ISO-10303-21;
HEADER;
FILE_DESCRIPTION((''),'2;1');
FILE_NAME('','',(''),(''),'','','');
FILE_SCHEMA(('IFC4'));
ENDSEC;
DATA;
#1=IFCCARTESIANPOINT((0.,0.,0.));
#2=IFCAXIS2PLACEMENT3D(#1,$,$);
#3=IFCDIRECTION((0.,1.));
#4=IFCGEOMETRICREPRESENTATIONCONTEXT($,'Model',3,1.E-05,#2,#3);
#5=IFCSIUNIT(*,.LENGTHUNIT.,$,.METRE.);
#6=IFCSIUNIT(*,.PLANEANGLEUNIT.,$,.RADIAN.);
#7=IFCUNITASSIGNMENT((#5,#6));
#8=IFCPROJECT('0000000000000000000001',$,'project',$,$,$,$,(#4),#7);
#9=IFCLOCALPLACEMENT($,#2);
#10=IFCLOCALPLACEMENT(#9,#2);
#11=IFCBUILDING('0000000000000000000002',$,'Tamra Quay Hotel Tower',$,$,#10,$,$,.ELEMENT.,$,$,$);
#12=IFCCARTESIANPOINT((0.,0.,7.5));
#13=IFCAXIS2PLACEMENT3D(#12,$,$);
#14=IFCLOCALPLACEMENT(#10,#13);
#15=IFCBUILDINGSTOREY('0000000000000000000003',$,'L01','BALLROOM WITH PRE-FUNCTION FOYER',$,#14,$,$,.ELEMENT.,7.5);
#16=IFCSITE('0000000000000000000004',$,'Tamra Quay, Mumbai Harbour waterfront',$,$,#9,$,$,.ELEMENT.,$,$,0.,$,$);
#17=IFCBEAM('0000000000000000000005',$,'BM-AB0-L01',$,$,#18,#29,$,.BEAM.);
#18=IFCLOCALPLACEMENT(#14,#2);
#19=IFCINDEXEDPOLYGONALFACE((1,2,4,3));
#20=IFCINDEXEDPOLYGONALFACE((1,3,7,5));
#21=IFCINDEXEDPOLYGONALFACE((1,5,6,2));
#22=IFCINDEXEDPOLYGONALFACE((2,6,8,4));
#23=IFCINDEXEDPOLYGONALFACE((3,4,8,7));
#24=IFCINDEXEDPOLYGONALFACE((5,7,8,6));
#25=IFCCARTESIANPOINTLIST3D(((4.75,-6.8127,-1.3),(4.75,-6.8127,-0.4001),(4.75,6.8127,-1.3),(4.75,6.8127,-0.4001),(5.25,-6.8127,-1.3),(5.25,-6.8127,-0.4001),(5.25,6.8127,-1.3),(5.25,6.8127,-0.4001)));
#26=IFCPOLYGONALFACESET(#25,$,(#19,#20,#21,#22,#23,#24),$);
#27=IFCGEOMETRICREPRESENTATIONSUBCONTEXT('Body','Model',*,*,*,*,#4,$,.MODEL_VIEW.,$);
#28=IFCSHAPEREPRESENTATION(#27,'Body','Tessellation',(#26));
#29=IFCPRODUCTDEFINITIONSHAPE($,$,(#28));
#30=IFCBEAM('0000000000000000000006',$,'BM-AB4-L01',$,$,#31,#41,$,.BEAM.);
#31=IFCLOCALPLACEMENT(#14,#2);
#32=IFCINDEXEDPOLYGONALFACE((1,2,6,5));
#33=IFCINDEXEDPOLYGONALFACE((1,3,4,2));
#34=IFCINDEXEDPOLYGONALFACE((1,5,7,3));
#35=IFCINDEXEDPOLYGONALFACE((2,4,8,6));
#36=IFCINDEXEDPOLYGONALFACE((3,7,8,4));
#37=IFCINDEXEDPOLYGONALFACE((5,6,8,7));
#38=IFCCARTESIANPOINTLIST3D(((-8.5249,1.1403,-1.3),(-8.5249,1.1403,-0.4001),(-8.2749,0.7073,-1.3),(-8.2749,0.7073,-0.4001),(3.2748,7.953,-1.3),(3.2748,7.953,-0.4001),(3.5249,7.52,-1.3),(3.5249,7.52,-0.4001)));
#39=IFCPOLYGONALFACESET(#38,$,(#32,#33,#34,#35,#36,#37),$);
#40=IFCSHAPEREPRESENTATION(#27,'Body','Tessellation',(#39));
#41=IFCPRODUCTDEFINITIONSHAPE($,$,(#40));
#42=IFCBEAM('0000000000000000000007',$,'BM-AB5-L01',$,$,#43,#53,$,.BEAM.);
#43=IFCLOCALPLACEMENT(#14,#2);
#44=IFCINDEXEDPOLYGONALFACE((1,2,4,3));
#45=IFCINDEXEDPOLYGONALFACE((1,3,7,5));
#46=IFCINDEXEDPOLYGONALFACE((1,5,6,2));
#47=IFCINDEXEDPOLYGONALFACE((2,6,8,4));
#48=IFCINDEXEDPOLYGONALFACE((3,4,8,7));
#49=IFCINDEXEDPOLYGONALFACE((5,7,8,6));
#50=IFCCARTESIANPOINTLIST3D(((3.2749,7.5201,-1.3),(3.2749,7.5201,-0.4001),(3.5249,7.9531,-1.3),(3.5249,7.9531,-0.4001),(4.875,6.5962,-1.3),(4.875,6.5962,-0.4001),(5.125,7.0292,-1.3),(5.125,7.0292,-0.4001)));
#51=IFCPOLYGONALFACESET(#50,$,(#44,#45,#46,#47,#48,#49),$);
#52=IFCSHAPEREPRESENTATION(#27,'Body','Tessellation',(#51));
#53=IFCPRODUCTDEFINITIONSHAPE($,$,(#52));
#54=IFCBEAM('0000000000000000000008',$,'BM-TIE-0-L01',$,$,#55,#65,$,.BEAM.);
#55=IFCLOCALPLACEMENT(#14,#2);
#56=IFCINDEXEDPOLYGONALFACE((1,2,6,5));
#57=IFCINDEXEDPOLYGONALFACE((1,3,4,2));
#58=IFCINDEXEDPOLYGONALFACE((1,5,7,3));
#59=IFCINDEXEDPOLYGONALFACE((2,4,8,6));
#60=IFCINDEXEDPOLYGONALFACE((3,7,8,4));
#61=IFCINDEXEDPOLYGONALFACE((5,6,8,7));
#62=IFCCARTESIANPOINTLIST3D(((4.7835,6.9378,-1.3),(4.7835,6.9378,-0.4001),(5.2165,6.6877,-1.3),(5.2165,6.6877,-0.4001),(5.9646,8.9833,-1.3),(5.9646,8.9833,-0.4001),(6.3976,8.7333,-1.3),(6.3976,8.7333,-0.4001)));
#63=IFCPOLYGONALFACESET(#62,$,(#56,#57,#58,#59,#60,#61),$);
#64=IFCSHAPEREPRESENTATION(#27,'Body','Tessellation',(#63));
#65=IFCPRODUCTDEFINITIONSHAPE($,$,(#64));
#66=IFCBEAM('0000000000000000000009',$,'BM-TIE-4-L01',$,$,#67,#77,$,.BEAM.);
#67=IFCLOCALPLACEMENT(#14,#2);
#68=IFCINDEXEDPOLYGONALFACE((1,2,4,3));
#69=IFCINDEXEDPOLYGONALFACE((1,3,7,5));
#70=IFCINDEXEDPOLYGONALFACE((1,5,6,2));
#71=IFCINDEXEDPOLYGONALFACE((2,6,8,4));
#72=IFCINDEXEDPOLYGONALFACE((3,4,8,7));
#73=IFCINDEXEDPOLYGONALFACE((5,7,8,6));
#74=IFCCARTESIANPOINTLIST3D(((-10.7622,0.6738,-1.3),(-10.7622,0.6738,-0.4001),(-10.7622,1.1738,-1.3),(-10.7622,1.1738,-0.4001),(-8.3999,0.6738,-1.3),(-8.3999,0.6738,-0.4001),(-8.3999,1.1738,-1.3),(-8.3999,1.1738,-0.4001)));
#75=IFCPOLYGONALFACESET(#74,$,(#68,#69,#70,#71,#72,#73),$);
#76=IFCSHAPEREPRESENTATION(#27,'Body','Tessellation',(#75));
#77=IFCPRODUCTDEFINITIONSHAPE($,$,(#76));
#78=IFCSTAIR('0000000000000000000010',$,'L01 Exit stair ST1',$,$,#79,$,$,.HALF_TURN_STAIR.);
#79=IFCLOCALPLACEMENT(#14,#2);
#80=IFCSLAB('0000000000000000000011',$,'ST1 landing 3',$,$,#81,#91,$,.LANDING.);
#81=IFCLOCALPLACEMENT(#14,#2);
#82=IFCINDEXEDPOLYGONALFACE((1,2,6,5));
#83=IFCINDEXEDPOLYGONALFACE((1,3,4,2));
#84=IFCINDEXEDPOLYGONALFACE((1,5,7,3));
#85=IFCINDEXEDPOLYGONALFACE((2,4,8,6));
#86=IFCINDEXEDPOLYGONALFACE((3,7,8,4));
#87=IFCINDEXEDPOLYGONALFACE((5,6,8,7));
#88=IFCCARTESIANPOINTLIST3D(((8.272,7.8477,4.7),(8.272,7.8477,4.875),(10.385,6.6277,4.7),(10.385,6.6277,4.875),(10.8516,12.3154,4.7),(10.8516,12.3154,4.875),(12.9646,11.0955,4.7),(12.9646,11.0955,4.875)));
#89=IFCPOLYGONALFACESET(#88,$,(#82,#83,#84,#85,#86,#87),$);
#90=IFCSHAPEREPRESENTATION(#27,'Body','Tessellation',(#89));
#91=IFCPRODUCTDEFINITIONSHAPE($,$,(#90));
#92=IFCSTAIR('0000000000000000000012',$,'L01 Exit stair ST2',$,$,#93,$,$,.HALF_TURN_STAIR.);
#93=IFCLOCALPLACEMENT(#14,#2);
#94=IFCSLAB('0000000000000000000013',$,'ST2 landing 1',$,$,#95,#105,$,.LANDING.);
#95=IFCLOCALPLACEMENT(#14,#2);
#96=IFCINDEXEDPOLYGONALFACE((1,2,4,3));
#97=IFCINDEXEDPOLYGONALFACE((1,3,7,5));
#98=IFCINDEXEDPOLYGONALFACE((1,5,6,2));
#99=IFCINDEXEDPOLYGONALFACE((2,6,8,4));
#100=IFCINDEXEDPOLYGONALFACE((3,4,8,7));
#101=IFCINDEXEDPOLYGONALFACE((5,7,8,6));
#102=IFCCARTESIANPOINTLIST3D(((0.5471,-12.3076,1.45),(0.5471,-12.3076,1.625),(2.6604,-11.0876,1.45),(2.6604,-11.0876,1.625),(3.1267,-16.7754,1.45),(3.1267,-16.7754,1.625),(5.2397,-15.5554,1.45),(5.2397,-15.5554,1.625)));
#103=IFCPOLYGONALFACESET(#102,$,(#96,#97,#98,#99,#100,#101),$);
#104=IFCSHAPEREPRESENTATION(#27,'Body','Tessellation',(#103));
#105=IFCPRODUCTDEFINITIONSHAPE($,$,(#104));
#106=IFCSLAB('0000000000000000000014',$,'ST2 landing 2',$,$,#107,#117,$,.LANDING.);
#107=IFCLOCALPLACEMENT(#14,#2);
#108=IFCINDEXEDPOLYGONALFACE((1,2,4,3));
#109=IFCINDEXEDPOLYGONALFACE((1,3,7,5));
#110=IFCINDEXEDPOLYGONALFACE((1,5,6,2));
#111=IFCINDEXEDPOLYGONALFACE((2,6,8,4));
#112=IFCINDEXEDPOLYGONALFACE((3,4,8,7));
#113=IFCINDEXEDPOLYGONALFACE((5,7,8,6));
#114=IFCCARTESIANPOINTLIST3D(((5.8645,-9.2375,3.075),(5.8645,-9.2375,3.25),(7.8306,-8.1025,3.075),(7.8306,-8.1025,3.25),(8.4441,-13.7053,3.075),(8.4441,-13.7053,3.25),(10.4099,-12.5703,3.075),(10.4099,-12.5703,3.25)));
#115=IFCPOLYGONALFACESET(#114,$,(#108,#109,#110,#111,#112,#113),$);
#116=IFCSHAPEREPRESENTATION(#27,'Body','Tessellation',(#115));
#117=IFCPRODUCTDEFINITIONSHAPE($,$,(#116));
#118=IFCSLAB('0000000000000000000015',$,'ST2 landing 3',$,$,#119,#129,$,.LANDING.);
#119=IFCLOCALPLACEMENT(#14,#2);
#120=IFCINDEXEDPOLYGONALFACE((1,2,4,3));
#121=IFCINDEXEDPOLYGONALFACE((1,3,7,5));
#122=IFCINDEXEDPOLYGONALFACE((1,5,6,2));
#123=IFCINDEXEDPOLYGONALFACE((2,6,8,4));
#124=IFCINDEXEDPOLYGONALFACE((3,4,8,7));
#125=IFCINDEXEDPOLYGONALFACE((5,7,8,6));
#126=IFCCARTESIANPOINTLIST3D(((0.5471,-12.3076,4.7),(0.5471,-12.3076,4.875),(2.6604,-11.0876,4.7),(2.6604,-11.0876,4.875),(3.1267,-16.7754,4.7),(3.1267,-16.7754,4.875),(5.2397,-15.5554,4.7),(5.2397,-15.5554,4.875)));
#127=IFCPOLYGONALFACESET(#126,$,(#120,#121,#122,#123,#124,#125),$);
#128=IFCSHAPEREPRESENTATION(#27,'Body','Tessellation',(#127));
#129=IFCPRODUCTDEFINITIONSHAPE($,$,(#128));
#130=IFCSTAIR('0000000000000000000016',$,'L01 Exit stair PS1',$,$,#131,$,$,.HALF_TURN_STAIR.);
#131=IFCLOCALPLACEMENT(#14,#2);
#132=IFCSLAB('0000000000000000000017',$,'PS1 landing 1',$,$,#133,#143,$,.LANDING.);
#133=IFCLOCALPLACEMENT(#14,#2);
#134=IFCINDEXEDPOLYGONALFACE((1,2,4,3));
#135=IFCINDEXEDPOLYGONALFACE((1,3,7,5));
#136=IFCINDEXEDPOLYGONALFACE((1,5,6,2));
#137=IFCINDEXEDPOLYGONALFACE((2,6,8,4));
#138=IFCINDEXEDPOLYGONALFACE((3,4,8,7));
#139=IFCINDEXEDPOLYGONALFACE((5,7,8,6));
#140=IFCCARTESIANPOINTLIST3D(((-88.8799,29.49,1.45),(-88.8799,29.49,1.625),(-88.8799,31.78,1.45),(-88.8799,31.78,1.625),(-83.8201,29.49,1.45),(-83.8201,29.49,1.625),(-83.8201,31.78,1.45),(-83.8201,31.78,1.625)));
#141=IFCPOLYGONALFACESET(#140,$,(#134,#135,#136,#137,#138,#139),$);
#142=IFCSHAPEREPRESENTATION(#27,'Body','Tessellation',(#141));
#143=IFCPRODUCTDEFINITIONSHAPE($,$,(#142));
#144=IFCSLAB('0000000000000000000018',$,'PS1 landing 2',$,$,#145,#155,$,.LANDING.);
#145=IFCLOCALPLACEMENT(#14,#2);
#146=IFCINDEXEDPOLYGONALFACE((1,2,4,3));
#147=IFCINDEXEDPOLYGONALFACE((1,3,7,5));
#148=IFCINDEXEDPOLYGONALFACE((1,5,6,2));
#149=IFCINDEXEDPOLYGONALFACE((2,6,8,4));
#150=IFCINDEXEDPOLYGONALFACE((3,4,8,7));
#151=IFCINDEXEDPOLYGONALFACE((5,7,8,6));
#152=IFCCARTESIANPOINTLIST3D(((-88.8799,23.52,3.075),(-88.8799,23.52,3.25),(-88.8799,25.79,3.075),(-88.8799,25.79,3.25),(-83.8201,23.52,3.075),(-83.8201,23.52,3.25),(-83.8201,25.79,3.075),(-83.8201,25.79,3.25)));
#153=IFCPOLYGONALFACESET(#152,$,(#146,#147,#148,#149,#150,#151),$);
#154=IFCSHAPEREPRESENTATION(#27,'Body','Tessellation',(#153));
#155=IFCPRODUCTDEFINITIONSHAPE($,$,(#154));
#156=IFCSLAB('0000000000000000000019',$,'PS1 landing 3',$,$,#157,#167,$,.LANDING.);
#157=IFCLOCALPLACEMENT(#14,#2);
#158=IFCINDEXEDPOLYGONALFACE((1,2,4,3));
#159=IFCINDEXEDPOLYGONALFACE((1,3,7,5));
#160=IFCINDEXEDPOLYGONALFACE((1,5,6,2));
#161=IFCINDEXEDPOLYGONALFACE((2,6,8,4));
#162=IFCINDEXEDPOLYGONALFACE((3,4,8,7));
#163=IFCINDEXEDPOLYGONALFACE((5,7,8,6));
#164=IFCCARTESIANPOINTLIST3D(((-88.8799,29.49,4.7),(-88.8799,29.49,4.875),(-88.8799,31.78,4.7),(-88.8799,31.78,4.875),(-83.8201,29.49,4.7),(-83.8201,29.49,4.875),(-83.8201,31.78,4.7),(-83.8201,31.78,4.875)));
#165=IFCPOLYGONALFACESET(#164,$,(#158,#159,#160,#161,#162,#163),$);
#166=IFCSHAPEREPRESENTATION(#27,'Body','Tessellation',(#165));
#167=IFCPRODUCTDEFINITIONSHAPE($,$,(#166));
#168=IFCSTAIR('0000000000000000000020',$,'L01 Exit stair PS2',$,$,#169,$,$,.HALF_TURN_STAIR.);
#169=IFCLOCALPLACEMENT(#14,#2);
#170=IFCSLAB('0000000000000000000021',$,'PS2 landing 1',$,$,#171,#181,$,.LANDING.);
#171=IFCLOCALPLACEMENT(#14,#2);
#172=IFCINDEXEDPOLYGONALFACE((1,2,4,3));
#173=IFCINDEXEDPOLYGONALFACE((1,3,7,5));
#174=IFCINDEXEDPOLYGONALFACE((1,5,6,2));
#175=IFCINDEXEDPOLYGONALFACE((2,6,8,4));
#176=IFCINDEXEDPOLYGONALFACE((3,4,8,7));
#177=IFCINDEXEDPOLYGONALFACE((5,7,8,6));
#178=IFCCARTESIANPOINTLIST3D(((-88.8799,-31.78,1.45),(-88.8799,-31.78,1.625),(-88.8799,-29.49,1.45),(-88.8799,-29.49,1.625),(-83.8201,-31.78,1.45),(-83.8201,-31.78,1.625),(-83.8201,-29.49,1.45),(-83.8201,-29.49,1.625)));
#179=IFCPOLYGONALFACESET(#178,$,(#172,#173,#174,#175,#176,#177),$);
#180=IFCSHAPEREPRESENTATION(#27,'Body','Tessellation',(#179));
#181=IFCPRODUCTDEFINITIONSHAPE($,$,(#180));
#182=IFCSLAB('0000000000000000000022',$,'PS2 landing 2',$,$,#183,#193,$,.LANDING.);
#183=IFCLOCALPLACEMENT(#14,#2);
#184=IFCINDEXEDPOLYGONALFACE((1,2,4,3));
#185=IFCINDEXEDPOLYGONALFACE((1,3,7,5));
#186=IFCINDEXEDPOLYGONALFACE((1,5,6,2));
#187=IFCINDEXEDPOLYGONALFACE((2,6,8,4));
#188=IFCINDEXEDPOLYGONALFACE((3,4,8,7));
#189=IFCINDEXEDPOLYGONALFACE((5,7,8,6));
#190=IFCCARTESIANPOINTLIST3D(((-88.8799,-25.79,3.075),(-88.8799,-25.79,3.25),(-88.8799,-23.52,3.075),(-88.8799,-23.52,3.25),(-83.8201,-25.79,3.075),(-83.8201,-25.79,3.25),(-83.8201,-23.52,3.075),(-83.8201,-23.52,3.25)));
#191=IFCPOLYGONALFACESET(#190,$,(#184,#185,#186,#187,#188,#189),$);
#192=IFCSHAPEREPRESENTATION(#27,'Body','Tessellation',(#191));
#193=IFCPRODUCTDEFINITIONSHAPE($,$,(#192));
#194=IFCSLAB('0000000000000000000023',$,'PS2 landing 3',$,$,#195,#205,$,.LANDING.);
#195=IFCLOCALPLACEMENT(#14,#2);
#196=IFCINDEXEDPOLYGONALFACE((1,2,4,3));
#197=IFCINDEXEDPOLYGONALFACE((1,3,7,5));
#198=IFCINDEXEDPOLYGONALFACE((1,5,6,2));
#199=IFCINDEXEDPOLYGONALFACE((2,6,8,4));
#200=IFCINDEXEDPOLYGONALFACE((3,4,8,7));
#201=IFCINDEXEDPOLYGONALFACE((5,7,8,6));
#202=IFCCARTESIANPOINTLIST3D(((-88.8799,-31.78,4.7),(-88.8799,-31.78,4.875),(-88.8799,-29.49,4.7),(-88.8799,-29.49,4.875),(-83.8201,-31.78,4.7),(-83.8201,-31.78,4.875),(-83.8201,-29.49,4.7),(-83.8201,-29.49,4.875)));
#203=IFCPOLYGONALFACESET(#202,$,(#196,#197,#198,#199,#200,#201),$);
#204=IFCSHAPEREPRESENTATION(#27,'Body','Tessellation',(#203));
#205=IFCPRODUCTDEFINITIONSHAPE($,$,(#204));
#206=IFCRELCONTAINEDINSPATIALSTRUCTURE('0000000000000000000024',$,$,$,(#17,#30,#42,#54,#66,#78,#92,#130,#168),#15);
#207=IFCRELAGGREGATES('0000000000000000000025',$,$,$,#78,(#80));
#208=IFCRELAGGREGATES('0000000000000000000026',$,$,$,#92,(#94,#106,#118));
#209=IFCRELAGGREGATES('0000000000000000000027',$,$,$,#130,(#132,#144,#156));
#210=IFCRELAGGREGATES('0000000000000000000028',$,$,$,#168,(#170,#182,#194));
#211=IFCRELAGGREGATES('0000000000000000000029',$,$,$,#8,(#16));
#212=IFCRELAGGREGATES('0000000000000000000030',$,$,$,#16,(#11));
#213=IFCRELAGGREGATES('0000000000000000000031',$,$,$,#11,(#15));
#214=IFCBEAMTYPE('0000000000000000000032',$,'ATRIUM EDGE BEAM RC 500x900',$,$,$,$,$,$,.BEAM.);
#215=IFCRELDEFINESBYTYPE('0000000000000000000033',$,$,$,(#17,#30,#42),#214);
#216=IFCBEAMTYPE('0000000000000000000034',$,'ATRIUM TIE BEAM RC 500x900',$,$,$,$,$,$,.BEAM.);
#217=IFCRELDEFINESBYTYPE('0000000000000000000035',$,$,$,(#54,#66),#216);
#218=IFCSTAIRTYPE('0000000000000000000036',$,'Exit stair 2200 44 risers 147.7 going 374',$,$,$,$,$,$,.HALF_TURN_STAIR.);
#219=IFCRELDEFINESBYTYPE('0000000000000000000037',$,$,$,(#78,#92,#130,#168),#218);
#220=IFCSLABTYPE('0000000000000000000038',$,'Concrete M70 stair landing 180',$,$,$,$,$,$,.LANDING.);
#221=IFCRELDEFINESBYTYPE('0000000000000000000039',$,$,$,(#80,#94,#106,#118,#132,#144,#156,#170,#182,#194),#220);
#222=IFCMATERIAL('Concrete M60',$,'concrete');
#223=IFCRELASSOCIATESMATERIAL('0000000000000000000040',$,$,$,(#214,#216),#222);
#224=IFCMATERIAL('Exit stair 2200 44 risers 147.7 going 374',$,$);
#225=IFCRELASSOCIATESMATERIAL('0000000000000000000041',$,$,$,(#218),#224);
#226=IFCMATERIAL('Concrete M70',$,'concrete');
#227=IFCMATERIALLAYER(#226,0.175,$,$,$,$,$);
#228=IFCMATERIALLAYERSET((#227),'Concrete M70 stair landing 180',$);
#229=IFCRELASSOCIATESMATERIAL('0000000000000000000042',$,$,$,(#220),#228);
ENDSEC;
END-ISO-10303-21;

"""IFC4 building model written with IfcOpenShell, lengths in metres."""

from ifc_helpers import new_model, si_unit, direction, frame, origin, origin_2d, place, context, subcontext, project, spatial, polyline, rectangle, outline, extrude, material, layer, layer_set, material_profile, profile_set, type_object, element, aggregate, save


model = new_model("IFC4")

# Units and contexts
model_context = context("Model", 3, precision=1e-05, world=origin(), true_north=direction((0.0, 1.0)))
body_context = subcontext(model_context, "Body", "Model", "MODEL_VIEW")
ifc_project = project(units=[si_unit("LENGTHUNIT", "METRE"), si_unit("PLANEANGLEUNIT", "RADIAN")], contexts=[model_context])

# Site, building, storey
site_placement = place(None, origin())
site = spatial("IfcSite", under=ifc_project, at=site_placement, Name="Tamra Quay, Mumbai Harbour waterfront", CompositionType="ELEMENT", RefElevation=0.0)
building_placement = place(site_placement, origin())
building = spatial("IfcBuilding", under=site, at=building_placement, Name="Tamra Quay Hotel Tower", CompositionType="ELEMENT")
storey_placement = place(building_placement, frame((0.0, 0.0, 7.5)))
storey = spatial("IfcBuildingStorey", under=building, at=storey_placement, Name="L01", Description="BALLROOM WITH PRE-FUNCTION FOYER", CompositionType="ELEMENT", Elevation=7.5)

# Beams
ifc_material_1 = material(Name="Concrete M60", Category="concrete")
ifc_material_profile_1 = material_profile(ifc_material_1, rectangle(XDim=0.5, YDim=0.8999, at=origin_2d()), Name="ATRIUM EDGE BEAM RC 500x900")
ifc_profile_set_1 = profile_set([ifc_material_profile_1], Name="Concrete M60")
beam_type_1 = type_object("IfcBeamType", Name="ATRIUM EDGE BEAM RC 500x900", PredefinedType="BEAM", material=ifc_profile_set_1)
beam_1_placement = place(storey_placement, frame((5.0, 6.8127, -0.8501), z_axis=(0.0, -1.0, 0.0), x_axis=(1.0, 0.0, 0.0)))
element("IfcBeam", 1, at=beam_1_placement, inside=storey, type_object=beam_type_1, Name="BM-AB0-L01", PredefinedType="BEAM", context=body_context, shape_type="SweptSolid", body=[
    extrude(rectangle(XDim=0.5, YDim=0.8999, at=origin_2d()), origin(), (0.0, 0.0, 1.0), 13.6255),
])
beam_2_placement = place(storey_placement, frame((-8.3999, 0.9238, -0.8501), z_axis=(0.866021, 0.500007, 0.0), x_axis=(-0.500007, 0.866021, 0.0)))
element("IfcBeam", 2, at=beam_2_placement, inside=storey, type_object=beam_type_1, Name="BM-AB4-L01", PredefinedType="BEAM", context=body_context, shape_type="SweptSolid", body=[
    extrude(rectangle(XDim=0.5, YDim=0.8999, at=origin_2d()), origin(), (0.0, 0.0, 1.0), 13.6252),
])
beam_3_placement = place(storey_placement, frame((3.3999, 7.7366, -0.8501), z_axis=(0.866023, -0.500005, 0.0), x_axis=(0.500005, 0.866023, 0.0)))
element("IfcBeam", 3, at=beam_3_placement, inside=storey, type_object=beam_type_1, Name="BM-AB5-L01", PredefinedType="BEAM", context=body_context, shape_type="SweptSolid", body=[
    extrude(rectangle(XDim=0.5, YDim=0.8999, at=origin_2d()), origin(), (0.0, 0.0, 1.0), 1.8477),
])
ifc_material_profile_2 = material_profile(ifc_material_1, rectangle(XDim=0.5, YDim=0.8999, at=origin_2d()), Name="ATRIUM TIE BEAM RC 500x900")
ifc_profile_set_2 = profile_set([ifc_material_profile_2], Name="Concrete M60")
beam_type_2 = type_object("IfcBeamType", Name="ATRIUM TIE BEAM RC 500x900", PredefinedType="BEAM", material=ifc_profile_set_2)
beam_4_placement = place(storey_placement, frame((5.0, 6.8127, -0.8501), z_axis=(0.50003, 0.866008, 0.0), x_axis=(-0.866008, 0.50003, 0.0)))
element("IfcBeam", 4, at=beam_4_placement, inside=storey, type_object=beam_type_2, Name="BM-TIE-0-L01", PredefinedType="BEAM", context=body_context, shape_type="SweptSolid", body=[
    extrude(rectangle(XDim=0.5, YDim=0.8999, at=origin_2d()), origin(), (0.0, 0.0, 1.0), 2.3621),
])
beam_5_placement = place(storey_placement, frame((-8.3999, 0.9238, -0.8501), z_axis=(-1.0, 0.0, 0.0), x_axis=(0.0, -1.0, 0.0)))
element("IfcBeam", 5, at=beam_5_placement, inside=storey, type_object=beam_type_2, Name="BM-TIE-4-L01", PredefinedType="BEAM", context=body_context, shape_type="SweptSolid", body=[
    extrude(rectangle(XDim=0.5, YDim=0.8999, at=origin_2d()), origin(), (0.0, 0.0, 1.0), 2.3623),
])

# Stair, slab
ifc_material_2 = material(Name="Exit stair 2200 44 risers 147.7 going 374")
stair_type = type_object("IfcStairType", Name="Exit stair 2200 44 risers 147.7 going 374", PredefinedType="HALF_TURN_STAIR", material=ifc_material_2)
stair_1_placement = place(storey_placement, origin())
stair_1 = element("IfcStair", 6, at=stair_1_placement, inside=storey, type_object=stair_type, Name="L01 Exit stair ST1", PredefinedType="HALF_TURN_STAIR")
ifc_material_3 = material(Name="Concrete M70", Category="concrete")
ifc_layer_1 = layer(ifc_material_3, 0.175)
ifc_layer_set_1 = layer_set([ifc_layer_1], Name="Concrete M70 stair landing 180")
slab_type = type_object("IfcSlabType", Name="Concrete M70 stair landing 180", PredefinedType="LANDING", material=ifc_layer_set_1)
slab_1_placement = place(storey_placement, frame((0.0, 0.0, 4.7)))
slab_1 = element("IfcSlab", 7, at=slab_1_placement, type_object=slab_type, Name="ST1 landing 3", PredefinedType="LANDING", context=body_context, shape_type="SweptSolid", body=[
    extrude(outline(polyline([(8.272, 7.8477), (10.385, 6.6277), (12.9646, 11.0955), (10.8516, 12.3154), (8.272, 7.8477)])), origin(), (0.0, 0.0, 1.0), 0.175),
])
aggregate(stair_1, [slab_1])

# Stairs, slabs
stair_2_placement = place(storey_placement, origin())
stair_2 = element("IfcStair", 8, at=stair_2_placement, inside=storey, type_object=stair_type, Name="L01 Exit stair ST2", PredefinedType="HALF_TURN_STAIR")
slab_2_placement = place(storey_placement, frame((0.0, 0.0, 1.45)))
slab_2 = element("IfcSlab", 9, at=slab_2_placement, type_object=slab_type, Name="ST2 landing 1", PredefinedType="LANDING", context=body_context, shape_type="SweptSolid", body=[
    extrude(outline(polyline([(2.6604, -11.0876), (0.5471, -12.3076), (3.1267, -16.7754), (5.2397, -15.5554), (2.6604, -11.0876)])), origin(), (0.0, 0.0, 1.0), 0.175),
])
slab_3_placement = place(storey_placement, frame((0.0, 0.0, 3.075)))
slab_3 = element("IfcSlab", 10, at=slab_3_placement, type_object=slab_type, Name="ST2 landing 2", PredefinedType="LANDING", context=body_context, shape_type="SweptSolid", body=[
    extrude(outline(polyline([(7.8306, -8.1025), (5.8645, -9.2375), (8.4441, -13.7053), (10.4099, -12.5703), (7.8306, -8.1025)])), origin(), (0.0, 0.0, 1.0), 0.175),
])
slab_4_placement = place(storey_placement, frame((0.0, 0.0, 4.7)))
slab_4 = element("IfcSlab", 11, at=slab_4_placement, type_object=slab_type, Name="ST2 landing 3", PredefinedType="LANDING", context=body_context, shape_type="SweptSolid", body=[
    extrude(outline(polyline([(2.6604, -11.0876), (0.5471, -12.3076), (3.1267, -16.7754), (5.2397, -15.5554), (2.6604, -11.0876)])), origin(), (0.0, 0.0, 1.0), 0.175),
])
aggregate(stair_2, [slab_2, slab_3, slab_4])
stair_3_placement = place(storey_placement, origin())
stair_3 = element("IfcStair", 12, at=stair_3_placement, inside=storey, type_object=stair_type, Name="L01 Exit stair PS1", PredefinedType="HALF_TURN_STAIR")
slab_5_placement = place(storey_placement, frame((0.0, 0.0, 1.45)))
slab_5 = element("IfcSlab", 13, at=slab_5_placement, type_object=slab_type, Name="PS1 landing 1", PredefinedType="LANDING", context=body_context, shape_type="SweptSolid", body=[
    extrude(outline(polyline([(-83.8201, 29.49), (-83.8201, 31.78), (-88.8799, 31.78), (-88.8799, 29.49), (-83.8201, 29.49)])), origin(), (0.0, 0.0, 1.0), 0.175),
])
slab_6_placement = place(storey_placement, frame((0.0, 0.0, 3.075)))
slab_6 = element("IfcSlab", 14, at=slab_6_placement, type_object=slab_type, Name="PS1 landing 2", PredefinedType="LANDING", context=body_context, shape_type="SweptSolid", body=[
    extrude(outline(polyline([(-83.8201, 23.52), (-83.8201, 25.79), (-88.8799, 25.79), (-88.8799, 23.52), (-83.8201, 23.52)])), origin(), (0.0, 0.0, 1.0), 0.175),
])
slab_7_placement = place(storey_placement, frame((0.0, 0.0, 4.7)))
slab_7 = element("IfcSlab", 15, at=slab_7_placement, type_object=slab_type, Name="PS1 landing 3", PredefinedType="LANDING", context=body_context, shape_type="SweptSolid", body=[
    extrude(outline(polyline([(-83.8201, 29.49), (-83.8201, 31.78), (-88.8799, 31.78), (-88.8799, 29.49), (-83.8201, 29.49)])), origin(), (0.0, 0.0, 1.0), 0.175),
])
aggregate(stair_3, [slab_5, slab_6, slab_7])
stair_4_placement = place(storey_placement, origin())
stair_4 = element("IfcStair", 16, at=stair_4_placement, inside=storey, type_object=stair_type, Name="L01 Exit stair PS2", PredefinedType="HALF_TURN_STAIR")
slab_8_placement = place(storey_placement, frame((0.0, 0.0, 1.45)))
slab_8 = element("IfcSlab", 17, at=slab_8_placement, type_object=slab_type, Name="PS2 landing 1", PredefinedType="LANDING", context=body_context, shape_type="SweptSolid", body=[
    extrude(outline(polyline([(-88.8799, -29.49), (-88.8799, -31.78), (-83.8201, -31.78), (-83.8201, -29.49), (-88.8799, -29.49)])), origin(), (0.0, 0.0, 1.0), 0.175),
])
slab_9_placement = place(storey_placement, frame((0.0, 0.0, 3.075)))
slab_9 = element("IfcSlab", 18, at=slab_9_placement, type_object=slab_type, Name="PS2 landing 2", PredefinedType="LANDING", context=body_context, shape_type="SweptSolid", body=[
    extrude(outline(polyline([(-88.8799, -23.52), (-88.8799, -25.79), (-83.8201, -25.79), (-83.8201, -23.52), (-88.8799, -23.52)])), origin(), (0.0, 0.0, 1.0), 0.175),
])
slab_10_placement = place(storey_placement, frame((0.0, 0.0, 4.7)))
slab_10 = element("IfcSlab", 19, at=slab_10_placement, type_object=slab_type, Name="PS2 landing 3", PredefinedType="LANDING", context=body_context, shape_type="SweptSolid", body=[
    extrude(outline(polyline([(-88.8799, -29.49), (-88.8799, -31.78), (-83.8201, -31.78), (-83.8201, -29.49), (-88.8799, -29.49)])), origin(), (0.0, 0.0, 1.0), 0.175),
])
aggregate(stair_4, [slab_8, slab_9, slab_10])

save(model, "model.ifc")
